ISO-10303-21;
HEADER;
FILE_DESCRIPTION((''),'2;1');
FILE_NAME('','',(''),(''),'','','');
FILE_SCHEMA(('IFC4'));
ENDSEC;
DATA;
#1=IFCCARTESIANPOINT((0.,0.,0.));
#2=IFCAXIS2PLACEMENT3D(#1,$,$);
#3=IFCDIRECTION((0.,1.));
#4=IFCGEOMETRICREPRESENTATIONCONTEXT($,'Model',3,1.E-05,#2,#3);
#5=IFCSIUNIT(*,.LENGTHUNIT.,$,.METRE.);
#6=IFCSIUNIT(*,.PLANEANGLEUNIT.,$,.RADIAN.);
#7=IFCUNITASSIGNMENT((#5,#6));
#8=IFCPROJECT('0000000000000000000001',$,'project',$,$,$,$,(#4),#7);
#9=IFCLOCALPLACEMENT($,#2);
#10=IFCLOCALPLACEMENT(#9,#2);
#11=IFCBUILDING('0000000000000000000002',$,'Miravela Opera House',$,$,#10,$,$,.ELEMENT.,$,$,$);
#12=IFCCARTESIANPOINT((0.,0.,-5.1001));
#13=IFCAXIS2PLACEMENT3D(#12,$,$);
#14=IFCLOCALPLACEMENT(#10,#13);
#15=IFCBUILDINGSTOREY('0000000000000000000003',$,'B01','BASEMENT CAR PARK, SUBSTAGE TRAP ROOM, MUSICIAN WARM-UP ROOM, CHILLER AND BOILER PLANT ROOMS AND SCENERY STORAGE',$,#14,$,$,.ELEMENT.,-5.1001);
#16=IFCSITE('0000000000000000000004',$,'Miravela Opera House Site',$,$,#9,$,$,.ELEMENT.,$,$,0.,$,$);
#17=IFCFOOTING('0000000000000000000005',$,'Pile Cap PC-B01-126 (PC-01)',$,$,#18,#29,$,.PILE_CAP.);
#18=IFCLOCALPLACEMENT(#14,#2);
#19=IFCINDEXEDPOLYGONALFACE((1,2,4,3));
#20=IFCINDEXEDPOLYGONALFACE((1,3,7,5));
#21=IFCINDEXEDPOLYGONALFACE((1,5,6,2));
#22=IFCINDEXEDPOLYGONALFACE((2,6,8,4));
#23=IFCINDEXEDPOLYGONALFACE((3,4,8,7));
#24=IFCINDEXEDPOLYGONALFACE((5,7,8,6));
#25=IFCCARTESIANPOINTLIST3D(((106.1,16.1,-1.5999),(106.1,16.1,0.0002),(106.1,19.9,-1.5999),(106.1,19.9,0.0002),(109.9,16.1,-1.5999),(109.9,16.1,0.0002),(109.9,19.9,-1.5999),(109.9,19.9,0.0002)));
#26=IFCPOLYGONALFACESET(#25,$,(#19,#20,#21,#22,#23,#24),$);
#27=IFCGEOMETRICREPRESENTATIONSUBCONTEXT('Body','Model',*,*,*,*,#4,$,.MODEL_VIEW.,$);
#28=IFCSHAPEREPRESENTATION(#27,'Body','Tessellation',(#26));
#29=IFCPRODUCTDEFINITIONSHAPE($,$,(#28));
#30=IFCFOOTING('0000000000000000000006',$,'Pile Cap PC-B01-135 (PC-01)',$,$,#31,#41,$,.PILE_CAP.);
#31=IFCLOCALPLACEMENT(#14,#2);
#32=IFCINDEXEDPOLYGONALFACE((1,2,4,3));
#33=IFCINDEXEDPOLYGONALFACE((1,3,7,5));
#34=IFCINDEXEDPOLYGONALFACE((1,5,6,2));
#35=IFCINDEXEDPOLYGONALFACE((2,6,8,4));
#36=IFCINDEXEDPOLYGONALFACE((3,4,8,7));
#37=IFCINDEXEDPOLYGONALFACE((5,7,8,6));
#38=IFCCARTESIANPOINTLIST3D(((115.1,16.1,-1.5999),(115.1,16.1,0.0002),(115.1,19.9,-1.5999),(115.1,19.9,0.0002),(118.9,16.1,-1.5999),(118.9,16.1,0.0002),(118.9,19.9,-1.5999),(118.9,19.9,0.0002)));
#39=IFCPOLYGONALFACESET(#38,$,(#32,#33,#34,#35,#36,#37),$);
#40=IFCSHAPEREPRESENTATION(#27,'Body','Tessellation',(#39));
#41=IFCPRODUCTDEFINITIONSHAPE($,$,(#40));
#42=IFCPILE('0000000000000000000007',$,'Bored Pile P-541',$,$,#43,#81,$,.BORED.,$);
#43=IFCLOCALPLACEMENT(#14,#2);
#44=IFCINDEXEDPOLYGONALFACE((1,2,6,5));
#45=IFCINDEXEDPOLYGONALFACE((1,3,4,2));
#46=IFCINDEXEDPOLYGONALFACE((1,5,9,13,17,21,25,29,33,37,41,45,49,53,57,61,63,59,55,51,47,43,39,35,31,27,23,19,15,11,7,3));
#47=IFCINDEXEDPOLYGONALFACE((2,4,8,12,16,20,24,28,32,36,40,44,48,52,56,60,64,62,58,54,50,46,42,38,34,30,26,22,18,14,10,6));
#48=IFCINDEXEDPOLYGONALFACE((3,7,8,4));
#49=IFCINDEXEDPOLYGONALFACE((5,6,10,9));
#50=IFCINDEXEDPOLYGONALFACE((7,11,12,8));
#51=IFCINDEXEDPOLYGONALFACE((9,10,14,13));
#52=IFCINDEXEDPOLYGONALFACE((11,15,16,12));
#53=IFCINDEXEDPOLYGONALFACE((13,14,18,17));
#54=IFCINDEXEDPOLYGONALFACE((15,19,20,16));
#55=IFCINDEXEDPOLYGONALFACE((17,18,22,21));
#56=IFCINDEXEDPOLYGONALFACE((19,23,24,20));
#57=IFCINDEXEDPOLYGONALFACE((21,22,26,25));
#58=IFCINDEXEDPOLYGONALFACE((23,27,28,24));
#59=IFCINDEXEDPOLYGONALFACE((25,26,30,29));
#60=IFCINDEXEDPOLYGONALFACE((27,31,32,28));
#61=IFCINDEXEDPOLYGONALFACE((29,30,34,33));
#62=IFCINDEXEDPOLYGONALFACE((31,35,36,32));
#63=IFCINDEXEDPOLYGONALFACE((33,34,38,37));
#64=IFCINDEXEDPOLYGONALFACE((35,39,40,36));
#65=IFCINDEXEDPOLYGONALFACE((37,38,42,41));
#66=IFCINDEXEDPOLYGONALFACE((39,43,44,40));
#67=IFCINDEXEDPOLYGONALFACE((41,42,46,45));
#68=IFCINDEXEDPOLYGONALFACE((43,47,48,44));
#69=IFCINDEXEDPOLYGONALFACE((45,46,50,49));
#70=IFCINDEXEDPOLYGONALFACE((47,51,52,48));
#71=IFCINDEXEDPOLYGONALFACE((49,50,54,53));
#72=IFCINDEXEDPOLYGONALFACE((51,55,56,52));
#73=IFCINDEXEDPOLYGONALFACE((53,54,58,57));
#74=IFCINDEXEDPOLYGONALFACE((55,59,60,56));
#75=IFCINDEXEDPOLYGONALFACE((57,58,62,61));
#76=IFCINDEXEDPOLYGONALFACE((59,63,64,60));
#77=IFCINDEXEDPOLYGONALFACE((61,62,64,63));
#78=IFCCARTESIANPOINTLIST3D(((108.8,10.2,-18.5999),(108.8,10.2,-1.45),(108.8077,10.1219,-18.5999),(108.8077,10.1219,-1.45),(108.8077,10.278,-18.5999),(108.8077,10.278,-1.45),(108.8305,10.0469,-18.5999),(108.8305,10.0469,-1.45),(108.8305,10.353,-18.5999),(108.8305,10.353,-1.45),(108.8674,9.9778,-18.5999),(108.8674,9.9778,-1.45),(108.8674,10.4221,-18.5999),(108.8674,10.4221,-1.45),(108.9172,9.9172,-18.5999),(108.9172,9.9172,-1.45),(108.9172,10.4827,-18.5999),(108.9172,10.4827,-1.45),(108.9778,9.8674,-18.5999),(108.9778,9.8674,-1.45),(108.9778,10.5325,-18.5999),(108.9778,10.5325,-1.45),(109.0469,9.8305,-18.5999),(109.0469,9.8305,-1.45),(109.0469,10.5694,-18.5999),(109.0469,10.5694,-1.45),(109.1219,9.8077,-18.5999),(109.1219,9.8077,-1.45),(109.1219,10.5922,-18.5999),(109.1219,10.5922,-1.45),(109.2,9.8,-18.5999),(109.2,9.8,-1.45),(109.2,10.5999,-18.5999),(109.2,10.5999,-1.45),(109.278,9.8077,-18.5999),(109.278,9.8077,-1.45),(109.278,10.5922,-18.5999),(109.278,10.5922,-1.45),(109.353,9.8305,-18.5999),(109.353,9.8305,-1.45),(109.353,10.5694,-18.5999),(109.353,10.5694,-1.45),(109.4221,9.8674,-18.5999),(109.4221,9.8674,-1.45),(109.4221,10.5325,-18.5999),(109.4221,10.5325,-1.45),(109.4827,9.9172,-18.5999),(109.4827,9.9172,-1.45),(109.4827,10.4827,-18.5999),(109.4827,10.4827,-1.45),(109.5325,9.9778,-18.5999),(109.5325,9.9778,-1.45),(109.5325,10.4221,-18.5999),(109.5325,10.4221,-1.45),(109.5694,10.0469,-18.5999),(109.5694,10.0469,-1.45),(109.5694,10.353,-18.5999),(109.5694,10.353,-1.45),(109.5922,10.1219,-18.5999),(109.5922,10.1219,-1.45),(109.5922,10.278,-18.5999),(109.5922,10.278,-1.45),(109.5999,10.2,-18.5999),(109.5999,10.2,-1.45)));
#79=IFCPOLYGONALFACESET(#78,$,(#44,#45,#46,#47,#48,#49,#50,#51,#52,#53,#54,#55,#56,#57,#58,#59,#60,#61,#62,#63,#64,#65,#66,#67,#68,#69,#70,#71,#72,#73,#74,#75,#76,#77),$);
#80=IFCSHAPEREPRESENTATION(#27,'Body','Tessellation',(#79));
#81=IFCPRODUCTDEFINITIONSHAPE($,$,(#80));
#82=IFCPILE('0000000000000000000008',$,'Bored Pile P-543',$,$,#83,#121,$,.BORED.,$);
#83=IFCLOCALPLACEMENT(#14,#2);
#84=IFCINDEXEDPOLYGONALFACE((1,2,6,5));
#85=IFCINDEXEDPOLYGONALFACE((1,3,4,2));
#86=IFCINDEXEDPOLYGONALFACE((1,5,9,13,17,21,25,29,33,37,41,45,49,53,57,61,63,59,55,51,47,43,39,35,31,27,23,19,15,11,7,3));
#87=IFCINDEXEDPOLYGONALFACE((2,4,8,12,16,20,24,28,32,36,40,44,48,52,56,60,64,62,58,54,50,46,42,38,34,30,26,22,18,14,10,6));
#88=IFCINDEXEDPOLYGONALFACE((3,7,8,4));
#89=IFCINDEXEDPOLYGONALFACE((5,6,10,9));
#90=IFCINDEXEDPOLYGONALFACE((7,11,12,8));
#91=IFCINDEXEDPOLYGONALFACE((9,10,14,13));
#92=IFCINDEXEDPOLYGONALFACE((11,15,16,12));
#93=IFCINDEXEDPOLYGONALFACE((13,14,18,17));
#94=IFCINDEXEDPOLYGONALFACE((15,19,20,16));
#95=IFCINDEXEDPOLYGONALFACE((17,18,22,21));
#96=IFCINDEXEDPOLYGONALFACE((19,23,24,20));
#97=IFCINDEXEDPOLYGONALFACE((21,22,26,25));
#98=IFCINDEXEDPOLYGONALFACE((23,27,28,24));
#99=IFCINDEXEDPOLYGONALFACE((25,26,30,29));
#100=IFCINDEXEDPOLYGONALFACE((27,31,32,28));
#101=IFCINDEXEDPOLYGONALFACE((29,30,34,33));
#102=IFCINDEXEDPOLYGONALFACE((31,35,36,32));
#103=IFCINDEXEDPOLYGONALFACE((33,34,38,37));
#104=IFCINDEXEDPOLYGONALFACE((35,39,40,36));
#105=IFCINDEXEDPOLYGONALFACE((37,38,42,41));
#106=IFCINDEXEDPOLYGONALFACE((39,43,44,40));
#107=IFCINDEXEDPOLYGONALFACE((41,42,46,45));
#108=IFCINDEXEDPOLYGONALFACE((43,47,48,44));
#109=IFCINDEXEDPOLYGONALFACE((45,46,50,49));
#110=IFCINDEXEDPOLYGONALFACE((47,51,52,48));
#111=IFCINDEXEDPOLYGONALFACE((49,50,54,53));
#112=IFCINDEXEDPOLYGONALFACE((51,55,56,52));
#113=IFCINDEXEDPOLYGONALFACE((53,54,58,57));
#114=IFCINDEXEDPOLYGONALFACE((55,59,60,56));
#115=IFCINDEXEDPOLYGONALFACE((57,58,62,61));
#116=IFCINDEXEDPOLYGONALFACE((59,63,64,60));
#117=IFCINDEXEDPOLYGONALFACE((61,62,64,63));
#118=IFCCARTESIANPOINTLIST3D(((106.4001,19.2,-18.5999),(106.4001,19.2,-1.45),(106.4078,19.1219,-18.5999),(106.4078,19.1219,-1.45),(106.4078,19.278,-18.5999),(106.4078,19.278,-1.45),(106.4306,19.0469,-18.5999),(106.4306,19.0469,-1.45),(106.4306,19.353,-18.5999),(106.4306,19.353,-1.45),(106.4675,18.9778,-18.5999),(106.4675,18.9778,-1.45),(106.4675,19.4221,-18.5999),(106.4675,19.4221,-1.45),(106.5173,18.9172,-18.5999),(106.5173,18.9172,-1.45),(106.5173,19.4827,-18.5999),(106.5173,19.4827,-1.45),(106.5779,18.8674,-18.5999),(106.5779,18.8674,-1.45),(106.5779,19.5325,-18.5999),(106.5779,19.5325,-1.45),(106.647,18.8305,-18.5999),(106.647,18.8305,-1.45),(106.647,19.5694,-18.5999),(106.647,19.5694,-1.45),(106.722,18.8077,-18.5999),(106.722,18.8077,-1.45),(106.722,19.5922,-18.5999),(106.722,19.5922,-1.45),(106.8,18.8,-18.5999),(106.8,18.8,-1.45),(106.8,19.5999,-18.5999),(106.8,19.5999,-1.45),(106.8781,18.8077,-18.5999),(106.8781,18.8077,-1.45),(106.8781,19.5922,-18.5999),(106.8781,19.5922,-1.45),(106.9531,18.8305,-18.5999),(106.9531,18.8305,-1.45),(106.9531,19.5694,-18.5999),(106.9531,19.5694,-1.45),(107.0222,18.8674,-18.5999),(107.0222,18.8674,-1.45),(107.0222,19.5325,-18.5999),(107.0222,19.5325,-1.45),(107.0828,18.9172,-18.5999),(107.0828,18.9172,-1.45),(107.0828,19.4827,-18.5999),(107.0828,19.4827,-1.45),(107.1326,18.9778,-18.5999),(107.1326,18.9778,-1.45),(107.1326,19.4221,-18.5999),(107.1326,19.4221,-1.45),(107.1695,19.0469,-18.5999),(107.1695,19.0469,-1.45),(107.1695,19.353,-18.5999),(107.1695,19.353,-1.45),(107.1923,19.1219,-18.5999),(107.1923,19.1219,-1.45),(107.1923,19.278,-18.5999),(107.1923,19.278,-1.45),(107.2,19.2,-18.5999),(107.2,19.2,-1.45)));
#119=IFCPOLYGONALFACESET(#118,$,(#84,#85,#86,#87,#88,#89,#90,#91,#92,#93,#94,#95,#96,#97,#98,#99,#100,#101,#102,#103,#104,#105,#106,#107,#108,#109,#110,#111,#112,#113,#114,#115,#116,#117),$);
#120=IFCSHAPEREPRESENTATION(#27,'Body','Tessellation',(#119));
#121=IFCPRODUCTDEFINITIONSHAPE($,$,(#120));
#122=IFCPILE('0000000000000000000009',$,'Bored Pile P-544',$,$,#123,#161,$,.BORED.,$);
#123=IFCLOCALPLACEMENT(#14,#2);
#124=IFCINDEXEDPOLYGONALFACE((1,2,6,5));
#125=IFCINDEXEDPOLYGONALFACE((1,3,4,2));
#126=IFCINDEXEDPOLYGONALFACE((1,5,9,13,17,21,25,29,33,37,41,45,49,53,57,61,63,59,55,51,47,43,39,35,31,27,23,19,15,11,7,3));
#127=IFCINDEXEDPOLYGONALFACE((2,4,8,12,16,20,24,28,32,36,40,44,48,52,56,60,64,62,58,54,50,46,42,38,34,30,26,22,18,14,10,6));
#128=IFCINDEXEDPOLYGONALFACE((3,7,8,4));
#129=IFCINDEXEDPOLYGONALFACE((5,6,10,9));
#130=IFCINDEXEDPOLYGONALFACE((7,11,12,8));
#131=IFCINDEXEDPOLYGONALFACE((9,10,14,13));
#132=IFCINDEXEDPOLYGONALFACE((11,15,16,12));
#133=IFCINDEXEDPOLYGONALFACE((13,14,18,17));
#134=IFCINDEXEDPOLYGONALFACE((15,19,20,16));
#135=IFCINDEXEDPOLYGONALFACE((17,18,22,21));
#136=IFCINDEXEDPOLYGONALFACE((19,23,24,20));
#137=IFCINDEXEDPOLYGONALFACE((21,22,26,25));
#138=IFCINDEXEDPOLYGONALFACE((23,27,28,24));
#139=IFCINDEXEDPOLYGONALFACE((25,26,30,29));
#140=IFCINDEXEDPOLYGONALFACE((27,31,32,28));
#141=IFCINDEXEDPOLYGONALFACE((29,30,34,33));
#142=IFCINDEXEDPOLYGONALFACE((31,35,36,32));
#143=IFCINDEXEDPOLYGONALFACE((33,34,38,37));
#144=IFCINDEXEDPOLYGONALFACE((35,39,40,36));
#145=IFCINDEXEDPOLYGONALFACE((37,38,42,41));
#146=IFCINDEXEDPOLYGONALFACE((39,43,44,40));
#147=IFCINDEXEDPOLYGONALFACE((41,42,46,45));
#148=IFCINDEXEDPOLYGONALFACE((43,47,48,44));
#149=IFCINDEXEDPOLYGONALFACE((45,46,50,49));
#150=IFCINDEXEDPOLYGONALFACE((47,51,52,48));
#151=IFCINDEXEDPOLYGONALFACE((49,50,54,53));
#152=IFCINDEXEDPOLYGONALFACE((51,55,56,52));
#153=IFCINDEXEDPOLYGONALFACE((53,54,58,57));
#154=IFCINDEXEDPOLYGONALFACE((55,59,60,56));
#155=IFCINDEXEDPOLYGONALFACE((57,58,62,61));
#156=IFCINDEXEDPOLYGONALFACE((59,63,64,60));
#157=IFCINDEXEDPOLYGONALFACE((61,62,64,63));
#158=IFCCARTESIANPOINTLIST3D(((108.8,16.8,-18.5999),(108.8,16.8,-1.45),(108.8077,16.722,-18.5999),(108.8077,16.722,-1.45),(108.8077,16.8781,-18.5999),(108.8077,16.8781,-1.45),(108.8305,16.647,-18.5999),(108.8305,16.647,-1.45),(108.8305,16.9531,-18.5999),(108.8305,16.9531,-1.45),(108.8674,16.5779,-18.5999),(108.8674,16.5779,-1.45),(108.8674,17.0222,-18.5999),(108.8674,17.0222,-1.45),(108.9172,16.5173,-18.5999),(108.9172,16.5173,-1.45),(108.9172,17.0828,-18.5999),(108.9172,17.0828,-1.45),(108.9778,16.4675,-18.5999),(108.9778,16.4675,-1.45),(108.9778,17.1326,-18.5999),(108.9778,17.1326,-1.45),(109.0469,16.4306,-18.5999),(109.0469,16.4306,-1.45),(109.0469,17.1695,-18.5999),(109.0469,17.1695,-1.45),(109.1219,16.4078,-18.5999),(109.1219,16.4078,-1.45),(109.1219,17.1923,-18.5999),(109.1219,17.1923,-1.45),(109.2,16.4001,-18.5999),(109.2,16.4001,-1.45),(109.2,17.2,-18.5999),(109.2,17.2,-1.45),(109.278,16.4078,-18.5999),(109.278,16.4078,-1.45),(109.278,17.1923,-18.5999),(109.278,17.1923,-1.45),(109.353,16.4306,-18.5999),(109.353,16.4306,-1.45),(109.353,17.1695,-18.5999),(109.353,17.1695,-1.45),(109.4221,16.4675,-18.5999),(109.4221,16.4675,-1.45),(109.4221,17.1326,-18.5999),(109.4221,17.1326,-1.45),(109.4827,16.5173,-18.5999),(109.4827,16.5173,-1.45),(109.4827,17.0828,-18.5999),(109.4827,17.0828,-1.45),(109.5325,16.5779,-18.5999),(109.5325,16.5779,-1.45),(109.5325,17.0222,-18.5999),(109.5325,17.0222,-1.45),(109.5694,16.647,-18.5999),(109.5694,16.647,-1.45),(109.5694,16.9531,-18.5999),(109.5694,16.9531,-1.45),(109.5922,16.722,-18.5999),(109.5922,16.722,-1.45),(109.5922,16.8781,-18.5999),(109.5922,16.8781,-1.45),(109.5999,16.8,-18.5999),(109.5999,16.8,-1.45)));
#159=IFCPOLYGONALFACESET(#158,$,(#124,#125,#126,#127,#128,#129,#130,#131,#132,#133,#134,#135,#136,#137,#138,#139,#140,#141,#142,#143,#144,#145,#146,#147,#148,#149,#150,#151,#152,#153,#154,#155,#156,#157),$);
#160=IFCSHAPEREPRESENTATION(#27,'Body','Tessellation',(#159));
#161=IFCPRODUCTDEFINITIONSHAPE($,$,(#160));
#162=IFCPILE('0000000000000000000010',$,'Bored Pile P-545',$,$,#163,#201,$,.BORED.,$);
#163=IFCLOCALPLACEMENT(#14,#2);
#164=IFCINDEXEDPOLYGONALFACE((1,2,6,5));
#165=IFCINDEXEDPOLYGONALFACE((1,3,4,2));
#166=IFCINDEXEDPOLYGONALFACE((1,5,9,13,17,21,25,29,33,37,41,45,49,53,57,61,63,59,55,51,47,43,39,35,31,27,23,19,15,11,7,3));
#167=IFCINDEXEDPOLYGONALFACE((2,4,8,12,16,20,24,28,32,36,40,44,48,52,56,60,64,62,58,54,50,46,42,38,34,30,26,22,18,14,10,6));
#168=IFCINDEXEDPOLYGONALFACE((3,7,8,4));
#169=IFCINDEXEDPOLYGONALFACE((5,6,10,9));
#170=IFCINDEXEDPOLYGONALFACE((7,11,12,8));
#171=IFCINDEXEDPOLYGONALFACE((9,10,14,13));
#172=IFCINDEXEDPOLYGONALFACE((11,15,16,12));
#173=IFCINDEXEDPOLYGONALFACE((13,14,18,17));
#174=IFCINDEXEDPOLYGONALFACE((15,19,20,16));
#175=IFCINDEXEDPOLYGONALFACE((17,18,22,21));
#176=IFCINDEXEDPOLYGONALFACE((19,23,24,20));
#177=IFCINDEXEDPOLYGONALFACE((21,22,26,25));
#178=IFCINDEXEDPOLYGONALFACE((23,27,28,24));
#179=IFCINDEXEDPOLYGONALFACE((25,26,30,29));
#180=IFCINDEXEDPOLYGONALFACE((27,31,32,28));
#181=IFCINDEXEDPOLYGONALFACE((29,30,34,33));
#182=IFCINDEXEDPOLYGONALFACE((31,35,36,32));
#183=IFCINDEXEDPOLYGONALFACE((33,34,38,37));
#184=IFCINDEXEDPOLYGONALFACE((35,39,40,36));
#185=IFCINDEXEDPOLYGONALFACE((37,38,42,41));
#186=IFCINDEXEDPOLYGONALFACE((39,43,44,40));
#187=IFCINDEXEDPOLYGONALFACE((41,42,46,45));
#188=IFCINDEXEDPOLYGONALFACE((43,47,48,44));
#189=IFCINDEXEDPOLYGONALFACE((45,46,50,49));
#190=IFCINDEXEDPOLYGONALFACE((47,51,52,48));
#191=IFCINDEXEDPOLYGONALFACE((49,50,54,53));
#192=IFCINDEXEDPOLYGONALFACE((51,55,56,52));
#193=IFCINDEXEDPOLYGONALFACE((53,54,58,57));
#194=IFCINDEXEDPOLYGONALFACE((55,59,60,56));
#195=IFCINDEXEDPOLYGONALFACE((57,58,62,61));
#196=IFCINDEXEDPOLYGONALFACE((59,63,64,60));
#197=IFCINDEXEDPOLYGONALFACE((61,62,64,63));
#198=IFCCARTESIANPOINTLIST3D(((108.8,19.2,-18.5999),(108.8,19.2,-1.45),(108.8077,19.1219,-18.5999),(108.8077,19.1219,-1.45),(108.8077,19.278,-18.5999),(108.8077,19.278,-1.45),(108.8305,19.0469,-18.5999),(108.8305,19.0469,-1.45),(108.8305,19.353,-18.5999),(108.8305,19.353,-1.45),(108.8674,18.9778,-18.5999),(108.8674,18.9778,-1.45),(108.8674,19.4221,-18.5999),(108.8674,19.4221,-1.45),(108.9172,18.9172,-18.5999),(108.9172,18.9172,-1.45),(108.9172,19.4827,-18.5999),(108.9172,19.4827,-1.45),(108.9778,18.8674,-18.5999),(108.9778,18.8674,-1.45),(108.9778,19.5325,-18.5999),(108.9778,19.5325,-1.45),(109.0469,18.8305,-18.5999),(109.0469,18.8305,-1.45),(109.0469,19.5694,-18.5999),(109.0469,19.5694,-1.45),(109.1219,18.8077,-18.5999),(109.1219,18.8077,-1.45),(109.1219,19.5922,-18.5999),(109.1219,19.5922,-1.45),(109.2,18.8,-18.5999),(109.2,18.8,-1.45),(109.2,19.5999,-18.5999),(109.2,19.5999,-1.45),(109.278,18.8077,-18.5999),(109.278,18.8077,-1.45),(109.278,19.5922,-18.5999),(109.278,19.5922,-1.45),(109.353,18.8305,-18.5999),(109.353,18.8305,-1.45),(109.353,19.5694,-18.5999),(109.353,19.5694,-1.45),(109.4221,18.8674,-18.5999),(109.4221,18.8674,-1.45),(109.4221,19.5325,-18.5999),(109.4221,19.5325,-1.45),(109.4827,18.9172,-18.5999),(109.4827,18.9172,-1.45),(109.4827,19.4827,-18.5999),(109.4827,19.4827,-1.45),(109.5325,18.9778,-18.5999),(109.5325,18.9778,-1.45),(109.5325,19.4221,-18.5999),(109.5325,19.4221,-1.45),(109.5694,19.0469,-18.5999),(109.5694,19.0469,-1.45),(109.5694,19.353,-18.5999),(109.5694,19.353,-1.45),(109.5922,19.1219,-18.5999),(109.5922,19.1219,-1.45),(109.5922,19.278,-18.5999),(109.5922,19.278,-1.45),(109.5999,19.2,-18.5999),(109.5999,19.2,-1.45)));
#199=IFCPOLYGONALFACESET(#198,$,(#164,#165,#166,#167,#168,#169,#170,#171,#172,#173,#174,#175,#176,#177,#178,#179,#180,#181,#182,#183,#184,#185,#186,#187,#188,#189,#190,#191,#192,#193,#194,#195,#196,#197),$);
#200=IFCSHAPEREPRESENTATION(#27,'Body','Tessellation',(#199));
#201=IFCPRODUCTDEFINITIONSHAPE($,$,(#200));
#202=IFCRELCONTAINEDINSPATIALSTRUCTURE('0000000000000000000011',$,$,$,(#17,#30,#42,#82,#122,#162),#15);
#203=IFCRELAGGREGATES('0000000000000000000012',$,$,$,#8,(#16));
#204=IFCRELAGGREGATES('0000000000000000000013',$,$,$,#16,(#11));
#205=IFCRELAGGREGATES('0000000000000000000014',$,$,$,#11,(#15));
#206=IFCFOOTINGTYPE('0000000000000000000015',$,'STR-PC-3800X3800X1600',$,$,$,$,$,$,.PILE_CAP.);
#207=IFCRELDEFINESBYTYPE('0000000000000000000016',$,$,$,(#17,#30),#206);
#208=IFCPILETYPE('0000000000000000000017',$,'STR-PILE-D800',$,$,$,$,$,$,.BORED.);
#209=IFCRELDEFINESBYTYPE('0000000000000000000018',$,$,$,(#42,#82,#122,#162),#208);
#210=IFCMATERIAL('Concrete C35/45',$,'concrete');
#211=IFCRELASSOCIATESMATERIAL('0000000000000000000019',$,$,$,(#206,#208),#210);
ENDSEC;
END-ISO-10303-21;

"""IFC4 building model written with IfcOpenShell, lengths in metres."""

from ifc_helpers import new_model, si_unit, direction, frame, origin, origin_2d, place, context, subcontext, project, spatial, rectangle, circle, extrude, material, material_profile, profile_set, type_object, element, save


model = new_model("IFC4")

# Units and contexts
model_context = context("Model", 3, precision=1e-05, world=origin(), true_north=direction((0.0, 1.0)))
body_context = subcontext(model_context, "Body", "Model", "MODEL_VIEW")
ifc_project = project(units=[si_unit("LENGTHUNIT", "METRE"), si_unit("PLANEANGLEUNIT", "RADIAN")], contexts=[model_context])

# Site, building, storey
site_placement = place(None, origin())
site = spatial("IfcSite", under=ifc_project, at=site_placement, Name="Miravela Opera House Site", CompositionType="ELEMENT", RefElevation=0.0)
building_placement = place(site_placement, origin())
building = spatial("IfcBuilding", under=site, at=building_placement, Name="Miravela Opera House", CompositionType="ELEMENT")
storey_placement = place(building_placement, frame((0.0, 0.0, -5.1001)))
storey = spatial("IfcBuildingStorey", under=building, at=storey_placement, Name="B01", Description="BASEMENT CAR PARK, SUBSTAGE TRAP ROOM, MUSICIAN WARM-UP ROOM, CHILLER AND BOILER PLANT ROOMS AND SCENERY STORAGE", CompositionType="ELEMENT", Elevation=-5.1001)

# Footings
ifc_material_1 = material(Name="Concrete C35/45", Category="concrete")
footing_type = type_object("IfcFootingType", Name="STR-PC-3800X3800X1600", PredefinedType="PILE_CAP", material=ifc_material_1)
for number, where, z_axis, x_axis, name in (
    (1, (108.0, 18.0, -1.5999), (0.0, 0.0, 1.0), (1.0, 0.0, 0.0), "Pile Cap PC-B01-126 (PC-01)"),
    (2, (117.0, 18.0, -1.5999), (0.0, 0.0, 1.0), (1.0, 0.0, 0.0), "Pile Cap PC-B01-135 (PC-01)"),
):
    element("IfcFooting", number, at=place(storey_placement, frame(where, z_axis=z_axis, x_axis=x_axis)), inside=storey, type_object=footing_type, Name=name, PredefinedType="PILE_CAP", context=body_context, shape_type="SweptSolid", body=[
        extrude(rectangle(XDim=3.8, YDim=3.8, at=origin_2d()), origin(), (0.0, 0.0, 1.0), 1.6001),
    ])

# Piles
ifc_material_profile_1 = material_profile(ifc_material_1, circle(Radius=0.3999, at=origin_2d()), Name="PILE-D800")
ifc_profile_set_1 = profile_set([ifc_material_profile_1])
pile_type = type_object("IfcPileType", Name="STR-PILE-D800", PredefinedType="BORED", material=ifc_profile_set_1)
for number, where, z_axis, x_axis, name in (
    (3, (109.2, 10.2, -1.45), (0.0, 0.0, -1.0), (1.0, 0.0, 0.0), "Bored Pile P-541"),
    (4, (106.8, 19.2, -1.45), (0.0, 0.0, -1.0), (1.0, 0.0, 0.0), "Bored Pile P-543"),
    (5, (109.2, 16.8, -1.45), (0.0, 0.0, -1.0), (1.0, 0.0, 0.0), "Bored Pile P-544"),
    (6, (109.2, 19.2, -1.45), (0.0, 0.0, -1.0), (1.0, 0.0, 0.0), "Bored Pile P-545"),
):
    element("IfcPile", number, at=place(storey_placement, frame(where, z_axis=z_axis, x_axis=x_axis)), inside=storey, type_object=pile_type, Name=name, PredefinedType="BORED", context=body_context, shape_type="SweptSolid", body=[
        extrude(circle(Radius=0.3999, at=origin_2d()), origin(), (0.0, 0.0, 1.0), 17.1499),
    ])

save(model, "model.ifc")
